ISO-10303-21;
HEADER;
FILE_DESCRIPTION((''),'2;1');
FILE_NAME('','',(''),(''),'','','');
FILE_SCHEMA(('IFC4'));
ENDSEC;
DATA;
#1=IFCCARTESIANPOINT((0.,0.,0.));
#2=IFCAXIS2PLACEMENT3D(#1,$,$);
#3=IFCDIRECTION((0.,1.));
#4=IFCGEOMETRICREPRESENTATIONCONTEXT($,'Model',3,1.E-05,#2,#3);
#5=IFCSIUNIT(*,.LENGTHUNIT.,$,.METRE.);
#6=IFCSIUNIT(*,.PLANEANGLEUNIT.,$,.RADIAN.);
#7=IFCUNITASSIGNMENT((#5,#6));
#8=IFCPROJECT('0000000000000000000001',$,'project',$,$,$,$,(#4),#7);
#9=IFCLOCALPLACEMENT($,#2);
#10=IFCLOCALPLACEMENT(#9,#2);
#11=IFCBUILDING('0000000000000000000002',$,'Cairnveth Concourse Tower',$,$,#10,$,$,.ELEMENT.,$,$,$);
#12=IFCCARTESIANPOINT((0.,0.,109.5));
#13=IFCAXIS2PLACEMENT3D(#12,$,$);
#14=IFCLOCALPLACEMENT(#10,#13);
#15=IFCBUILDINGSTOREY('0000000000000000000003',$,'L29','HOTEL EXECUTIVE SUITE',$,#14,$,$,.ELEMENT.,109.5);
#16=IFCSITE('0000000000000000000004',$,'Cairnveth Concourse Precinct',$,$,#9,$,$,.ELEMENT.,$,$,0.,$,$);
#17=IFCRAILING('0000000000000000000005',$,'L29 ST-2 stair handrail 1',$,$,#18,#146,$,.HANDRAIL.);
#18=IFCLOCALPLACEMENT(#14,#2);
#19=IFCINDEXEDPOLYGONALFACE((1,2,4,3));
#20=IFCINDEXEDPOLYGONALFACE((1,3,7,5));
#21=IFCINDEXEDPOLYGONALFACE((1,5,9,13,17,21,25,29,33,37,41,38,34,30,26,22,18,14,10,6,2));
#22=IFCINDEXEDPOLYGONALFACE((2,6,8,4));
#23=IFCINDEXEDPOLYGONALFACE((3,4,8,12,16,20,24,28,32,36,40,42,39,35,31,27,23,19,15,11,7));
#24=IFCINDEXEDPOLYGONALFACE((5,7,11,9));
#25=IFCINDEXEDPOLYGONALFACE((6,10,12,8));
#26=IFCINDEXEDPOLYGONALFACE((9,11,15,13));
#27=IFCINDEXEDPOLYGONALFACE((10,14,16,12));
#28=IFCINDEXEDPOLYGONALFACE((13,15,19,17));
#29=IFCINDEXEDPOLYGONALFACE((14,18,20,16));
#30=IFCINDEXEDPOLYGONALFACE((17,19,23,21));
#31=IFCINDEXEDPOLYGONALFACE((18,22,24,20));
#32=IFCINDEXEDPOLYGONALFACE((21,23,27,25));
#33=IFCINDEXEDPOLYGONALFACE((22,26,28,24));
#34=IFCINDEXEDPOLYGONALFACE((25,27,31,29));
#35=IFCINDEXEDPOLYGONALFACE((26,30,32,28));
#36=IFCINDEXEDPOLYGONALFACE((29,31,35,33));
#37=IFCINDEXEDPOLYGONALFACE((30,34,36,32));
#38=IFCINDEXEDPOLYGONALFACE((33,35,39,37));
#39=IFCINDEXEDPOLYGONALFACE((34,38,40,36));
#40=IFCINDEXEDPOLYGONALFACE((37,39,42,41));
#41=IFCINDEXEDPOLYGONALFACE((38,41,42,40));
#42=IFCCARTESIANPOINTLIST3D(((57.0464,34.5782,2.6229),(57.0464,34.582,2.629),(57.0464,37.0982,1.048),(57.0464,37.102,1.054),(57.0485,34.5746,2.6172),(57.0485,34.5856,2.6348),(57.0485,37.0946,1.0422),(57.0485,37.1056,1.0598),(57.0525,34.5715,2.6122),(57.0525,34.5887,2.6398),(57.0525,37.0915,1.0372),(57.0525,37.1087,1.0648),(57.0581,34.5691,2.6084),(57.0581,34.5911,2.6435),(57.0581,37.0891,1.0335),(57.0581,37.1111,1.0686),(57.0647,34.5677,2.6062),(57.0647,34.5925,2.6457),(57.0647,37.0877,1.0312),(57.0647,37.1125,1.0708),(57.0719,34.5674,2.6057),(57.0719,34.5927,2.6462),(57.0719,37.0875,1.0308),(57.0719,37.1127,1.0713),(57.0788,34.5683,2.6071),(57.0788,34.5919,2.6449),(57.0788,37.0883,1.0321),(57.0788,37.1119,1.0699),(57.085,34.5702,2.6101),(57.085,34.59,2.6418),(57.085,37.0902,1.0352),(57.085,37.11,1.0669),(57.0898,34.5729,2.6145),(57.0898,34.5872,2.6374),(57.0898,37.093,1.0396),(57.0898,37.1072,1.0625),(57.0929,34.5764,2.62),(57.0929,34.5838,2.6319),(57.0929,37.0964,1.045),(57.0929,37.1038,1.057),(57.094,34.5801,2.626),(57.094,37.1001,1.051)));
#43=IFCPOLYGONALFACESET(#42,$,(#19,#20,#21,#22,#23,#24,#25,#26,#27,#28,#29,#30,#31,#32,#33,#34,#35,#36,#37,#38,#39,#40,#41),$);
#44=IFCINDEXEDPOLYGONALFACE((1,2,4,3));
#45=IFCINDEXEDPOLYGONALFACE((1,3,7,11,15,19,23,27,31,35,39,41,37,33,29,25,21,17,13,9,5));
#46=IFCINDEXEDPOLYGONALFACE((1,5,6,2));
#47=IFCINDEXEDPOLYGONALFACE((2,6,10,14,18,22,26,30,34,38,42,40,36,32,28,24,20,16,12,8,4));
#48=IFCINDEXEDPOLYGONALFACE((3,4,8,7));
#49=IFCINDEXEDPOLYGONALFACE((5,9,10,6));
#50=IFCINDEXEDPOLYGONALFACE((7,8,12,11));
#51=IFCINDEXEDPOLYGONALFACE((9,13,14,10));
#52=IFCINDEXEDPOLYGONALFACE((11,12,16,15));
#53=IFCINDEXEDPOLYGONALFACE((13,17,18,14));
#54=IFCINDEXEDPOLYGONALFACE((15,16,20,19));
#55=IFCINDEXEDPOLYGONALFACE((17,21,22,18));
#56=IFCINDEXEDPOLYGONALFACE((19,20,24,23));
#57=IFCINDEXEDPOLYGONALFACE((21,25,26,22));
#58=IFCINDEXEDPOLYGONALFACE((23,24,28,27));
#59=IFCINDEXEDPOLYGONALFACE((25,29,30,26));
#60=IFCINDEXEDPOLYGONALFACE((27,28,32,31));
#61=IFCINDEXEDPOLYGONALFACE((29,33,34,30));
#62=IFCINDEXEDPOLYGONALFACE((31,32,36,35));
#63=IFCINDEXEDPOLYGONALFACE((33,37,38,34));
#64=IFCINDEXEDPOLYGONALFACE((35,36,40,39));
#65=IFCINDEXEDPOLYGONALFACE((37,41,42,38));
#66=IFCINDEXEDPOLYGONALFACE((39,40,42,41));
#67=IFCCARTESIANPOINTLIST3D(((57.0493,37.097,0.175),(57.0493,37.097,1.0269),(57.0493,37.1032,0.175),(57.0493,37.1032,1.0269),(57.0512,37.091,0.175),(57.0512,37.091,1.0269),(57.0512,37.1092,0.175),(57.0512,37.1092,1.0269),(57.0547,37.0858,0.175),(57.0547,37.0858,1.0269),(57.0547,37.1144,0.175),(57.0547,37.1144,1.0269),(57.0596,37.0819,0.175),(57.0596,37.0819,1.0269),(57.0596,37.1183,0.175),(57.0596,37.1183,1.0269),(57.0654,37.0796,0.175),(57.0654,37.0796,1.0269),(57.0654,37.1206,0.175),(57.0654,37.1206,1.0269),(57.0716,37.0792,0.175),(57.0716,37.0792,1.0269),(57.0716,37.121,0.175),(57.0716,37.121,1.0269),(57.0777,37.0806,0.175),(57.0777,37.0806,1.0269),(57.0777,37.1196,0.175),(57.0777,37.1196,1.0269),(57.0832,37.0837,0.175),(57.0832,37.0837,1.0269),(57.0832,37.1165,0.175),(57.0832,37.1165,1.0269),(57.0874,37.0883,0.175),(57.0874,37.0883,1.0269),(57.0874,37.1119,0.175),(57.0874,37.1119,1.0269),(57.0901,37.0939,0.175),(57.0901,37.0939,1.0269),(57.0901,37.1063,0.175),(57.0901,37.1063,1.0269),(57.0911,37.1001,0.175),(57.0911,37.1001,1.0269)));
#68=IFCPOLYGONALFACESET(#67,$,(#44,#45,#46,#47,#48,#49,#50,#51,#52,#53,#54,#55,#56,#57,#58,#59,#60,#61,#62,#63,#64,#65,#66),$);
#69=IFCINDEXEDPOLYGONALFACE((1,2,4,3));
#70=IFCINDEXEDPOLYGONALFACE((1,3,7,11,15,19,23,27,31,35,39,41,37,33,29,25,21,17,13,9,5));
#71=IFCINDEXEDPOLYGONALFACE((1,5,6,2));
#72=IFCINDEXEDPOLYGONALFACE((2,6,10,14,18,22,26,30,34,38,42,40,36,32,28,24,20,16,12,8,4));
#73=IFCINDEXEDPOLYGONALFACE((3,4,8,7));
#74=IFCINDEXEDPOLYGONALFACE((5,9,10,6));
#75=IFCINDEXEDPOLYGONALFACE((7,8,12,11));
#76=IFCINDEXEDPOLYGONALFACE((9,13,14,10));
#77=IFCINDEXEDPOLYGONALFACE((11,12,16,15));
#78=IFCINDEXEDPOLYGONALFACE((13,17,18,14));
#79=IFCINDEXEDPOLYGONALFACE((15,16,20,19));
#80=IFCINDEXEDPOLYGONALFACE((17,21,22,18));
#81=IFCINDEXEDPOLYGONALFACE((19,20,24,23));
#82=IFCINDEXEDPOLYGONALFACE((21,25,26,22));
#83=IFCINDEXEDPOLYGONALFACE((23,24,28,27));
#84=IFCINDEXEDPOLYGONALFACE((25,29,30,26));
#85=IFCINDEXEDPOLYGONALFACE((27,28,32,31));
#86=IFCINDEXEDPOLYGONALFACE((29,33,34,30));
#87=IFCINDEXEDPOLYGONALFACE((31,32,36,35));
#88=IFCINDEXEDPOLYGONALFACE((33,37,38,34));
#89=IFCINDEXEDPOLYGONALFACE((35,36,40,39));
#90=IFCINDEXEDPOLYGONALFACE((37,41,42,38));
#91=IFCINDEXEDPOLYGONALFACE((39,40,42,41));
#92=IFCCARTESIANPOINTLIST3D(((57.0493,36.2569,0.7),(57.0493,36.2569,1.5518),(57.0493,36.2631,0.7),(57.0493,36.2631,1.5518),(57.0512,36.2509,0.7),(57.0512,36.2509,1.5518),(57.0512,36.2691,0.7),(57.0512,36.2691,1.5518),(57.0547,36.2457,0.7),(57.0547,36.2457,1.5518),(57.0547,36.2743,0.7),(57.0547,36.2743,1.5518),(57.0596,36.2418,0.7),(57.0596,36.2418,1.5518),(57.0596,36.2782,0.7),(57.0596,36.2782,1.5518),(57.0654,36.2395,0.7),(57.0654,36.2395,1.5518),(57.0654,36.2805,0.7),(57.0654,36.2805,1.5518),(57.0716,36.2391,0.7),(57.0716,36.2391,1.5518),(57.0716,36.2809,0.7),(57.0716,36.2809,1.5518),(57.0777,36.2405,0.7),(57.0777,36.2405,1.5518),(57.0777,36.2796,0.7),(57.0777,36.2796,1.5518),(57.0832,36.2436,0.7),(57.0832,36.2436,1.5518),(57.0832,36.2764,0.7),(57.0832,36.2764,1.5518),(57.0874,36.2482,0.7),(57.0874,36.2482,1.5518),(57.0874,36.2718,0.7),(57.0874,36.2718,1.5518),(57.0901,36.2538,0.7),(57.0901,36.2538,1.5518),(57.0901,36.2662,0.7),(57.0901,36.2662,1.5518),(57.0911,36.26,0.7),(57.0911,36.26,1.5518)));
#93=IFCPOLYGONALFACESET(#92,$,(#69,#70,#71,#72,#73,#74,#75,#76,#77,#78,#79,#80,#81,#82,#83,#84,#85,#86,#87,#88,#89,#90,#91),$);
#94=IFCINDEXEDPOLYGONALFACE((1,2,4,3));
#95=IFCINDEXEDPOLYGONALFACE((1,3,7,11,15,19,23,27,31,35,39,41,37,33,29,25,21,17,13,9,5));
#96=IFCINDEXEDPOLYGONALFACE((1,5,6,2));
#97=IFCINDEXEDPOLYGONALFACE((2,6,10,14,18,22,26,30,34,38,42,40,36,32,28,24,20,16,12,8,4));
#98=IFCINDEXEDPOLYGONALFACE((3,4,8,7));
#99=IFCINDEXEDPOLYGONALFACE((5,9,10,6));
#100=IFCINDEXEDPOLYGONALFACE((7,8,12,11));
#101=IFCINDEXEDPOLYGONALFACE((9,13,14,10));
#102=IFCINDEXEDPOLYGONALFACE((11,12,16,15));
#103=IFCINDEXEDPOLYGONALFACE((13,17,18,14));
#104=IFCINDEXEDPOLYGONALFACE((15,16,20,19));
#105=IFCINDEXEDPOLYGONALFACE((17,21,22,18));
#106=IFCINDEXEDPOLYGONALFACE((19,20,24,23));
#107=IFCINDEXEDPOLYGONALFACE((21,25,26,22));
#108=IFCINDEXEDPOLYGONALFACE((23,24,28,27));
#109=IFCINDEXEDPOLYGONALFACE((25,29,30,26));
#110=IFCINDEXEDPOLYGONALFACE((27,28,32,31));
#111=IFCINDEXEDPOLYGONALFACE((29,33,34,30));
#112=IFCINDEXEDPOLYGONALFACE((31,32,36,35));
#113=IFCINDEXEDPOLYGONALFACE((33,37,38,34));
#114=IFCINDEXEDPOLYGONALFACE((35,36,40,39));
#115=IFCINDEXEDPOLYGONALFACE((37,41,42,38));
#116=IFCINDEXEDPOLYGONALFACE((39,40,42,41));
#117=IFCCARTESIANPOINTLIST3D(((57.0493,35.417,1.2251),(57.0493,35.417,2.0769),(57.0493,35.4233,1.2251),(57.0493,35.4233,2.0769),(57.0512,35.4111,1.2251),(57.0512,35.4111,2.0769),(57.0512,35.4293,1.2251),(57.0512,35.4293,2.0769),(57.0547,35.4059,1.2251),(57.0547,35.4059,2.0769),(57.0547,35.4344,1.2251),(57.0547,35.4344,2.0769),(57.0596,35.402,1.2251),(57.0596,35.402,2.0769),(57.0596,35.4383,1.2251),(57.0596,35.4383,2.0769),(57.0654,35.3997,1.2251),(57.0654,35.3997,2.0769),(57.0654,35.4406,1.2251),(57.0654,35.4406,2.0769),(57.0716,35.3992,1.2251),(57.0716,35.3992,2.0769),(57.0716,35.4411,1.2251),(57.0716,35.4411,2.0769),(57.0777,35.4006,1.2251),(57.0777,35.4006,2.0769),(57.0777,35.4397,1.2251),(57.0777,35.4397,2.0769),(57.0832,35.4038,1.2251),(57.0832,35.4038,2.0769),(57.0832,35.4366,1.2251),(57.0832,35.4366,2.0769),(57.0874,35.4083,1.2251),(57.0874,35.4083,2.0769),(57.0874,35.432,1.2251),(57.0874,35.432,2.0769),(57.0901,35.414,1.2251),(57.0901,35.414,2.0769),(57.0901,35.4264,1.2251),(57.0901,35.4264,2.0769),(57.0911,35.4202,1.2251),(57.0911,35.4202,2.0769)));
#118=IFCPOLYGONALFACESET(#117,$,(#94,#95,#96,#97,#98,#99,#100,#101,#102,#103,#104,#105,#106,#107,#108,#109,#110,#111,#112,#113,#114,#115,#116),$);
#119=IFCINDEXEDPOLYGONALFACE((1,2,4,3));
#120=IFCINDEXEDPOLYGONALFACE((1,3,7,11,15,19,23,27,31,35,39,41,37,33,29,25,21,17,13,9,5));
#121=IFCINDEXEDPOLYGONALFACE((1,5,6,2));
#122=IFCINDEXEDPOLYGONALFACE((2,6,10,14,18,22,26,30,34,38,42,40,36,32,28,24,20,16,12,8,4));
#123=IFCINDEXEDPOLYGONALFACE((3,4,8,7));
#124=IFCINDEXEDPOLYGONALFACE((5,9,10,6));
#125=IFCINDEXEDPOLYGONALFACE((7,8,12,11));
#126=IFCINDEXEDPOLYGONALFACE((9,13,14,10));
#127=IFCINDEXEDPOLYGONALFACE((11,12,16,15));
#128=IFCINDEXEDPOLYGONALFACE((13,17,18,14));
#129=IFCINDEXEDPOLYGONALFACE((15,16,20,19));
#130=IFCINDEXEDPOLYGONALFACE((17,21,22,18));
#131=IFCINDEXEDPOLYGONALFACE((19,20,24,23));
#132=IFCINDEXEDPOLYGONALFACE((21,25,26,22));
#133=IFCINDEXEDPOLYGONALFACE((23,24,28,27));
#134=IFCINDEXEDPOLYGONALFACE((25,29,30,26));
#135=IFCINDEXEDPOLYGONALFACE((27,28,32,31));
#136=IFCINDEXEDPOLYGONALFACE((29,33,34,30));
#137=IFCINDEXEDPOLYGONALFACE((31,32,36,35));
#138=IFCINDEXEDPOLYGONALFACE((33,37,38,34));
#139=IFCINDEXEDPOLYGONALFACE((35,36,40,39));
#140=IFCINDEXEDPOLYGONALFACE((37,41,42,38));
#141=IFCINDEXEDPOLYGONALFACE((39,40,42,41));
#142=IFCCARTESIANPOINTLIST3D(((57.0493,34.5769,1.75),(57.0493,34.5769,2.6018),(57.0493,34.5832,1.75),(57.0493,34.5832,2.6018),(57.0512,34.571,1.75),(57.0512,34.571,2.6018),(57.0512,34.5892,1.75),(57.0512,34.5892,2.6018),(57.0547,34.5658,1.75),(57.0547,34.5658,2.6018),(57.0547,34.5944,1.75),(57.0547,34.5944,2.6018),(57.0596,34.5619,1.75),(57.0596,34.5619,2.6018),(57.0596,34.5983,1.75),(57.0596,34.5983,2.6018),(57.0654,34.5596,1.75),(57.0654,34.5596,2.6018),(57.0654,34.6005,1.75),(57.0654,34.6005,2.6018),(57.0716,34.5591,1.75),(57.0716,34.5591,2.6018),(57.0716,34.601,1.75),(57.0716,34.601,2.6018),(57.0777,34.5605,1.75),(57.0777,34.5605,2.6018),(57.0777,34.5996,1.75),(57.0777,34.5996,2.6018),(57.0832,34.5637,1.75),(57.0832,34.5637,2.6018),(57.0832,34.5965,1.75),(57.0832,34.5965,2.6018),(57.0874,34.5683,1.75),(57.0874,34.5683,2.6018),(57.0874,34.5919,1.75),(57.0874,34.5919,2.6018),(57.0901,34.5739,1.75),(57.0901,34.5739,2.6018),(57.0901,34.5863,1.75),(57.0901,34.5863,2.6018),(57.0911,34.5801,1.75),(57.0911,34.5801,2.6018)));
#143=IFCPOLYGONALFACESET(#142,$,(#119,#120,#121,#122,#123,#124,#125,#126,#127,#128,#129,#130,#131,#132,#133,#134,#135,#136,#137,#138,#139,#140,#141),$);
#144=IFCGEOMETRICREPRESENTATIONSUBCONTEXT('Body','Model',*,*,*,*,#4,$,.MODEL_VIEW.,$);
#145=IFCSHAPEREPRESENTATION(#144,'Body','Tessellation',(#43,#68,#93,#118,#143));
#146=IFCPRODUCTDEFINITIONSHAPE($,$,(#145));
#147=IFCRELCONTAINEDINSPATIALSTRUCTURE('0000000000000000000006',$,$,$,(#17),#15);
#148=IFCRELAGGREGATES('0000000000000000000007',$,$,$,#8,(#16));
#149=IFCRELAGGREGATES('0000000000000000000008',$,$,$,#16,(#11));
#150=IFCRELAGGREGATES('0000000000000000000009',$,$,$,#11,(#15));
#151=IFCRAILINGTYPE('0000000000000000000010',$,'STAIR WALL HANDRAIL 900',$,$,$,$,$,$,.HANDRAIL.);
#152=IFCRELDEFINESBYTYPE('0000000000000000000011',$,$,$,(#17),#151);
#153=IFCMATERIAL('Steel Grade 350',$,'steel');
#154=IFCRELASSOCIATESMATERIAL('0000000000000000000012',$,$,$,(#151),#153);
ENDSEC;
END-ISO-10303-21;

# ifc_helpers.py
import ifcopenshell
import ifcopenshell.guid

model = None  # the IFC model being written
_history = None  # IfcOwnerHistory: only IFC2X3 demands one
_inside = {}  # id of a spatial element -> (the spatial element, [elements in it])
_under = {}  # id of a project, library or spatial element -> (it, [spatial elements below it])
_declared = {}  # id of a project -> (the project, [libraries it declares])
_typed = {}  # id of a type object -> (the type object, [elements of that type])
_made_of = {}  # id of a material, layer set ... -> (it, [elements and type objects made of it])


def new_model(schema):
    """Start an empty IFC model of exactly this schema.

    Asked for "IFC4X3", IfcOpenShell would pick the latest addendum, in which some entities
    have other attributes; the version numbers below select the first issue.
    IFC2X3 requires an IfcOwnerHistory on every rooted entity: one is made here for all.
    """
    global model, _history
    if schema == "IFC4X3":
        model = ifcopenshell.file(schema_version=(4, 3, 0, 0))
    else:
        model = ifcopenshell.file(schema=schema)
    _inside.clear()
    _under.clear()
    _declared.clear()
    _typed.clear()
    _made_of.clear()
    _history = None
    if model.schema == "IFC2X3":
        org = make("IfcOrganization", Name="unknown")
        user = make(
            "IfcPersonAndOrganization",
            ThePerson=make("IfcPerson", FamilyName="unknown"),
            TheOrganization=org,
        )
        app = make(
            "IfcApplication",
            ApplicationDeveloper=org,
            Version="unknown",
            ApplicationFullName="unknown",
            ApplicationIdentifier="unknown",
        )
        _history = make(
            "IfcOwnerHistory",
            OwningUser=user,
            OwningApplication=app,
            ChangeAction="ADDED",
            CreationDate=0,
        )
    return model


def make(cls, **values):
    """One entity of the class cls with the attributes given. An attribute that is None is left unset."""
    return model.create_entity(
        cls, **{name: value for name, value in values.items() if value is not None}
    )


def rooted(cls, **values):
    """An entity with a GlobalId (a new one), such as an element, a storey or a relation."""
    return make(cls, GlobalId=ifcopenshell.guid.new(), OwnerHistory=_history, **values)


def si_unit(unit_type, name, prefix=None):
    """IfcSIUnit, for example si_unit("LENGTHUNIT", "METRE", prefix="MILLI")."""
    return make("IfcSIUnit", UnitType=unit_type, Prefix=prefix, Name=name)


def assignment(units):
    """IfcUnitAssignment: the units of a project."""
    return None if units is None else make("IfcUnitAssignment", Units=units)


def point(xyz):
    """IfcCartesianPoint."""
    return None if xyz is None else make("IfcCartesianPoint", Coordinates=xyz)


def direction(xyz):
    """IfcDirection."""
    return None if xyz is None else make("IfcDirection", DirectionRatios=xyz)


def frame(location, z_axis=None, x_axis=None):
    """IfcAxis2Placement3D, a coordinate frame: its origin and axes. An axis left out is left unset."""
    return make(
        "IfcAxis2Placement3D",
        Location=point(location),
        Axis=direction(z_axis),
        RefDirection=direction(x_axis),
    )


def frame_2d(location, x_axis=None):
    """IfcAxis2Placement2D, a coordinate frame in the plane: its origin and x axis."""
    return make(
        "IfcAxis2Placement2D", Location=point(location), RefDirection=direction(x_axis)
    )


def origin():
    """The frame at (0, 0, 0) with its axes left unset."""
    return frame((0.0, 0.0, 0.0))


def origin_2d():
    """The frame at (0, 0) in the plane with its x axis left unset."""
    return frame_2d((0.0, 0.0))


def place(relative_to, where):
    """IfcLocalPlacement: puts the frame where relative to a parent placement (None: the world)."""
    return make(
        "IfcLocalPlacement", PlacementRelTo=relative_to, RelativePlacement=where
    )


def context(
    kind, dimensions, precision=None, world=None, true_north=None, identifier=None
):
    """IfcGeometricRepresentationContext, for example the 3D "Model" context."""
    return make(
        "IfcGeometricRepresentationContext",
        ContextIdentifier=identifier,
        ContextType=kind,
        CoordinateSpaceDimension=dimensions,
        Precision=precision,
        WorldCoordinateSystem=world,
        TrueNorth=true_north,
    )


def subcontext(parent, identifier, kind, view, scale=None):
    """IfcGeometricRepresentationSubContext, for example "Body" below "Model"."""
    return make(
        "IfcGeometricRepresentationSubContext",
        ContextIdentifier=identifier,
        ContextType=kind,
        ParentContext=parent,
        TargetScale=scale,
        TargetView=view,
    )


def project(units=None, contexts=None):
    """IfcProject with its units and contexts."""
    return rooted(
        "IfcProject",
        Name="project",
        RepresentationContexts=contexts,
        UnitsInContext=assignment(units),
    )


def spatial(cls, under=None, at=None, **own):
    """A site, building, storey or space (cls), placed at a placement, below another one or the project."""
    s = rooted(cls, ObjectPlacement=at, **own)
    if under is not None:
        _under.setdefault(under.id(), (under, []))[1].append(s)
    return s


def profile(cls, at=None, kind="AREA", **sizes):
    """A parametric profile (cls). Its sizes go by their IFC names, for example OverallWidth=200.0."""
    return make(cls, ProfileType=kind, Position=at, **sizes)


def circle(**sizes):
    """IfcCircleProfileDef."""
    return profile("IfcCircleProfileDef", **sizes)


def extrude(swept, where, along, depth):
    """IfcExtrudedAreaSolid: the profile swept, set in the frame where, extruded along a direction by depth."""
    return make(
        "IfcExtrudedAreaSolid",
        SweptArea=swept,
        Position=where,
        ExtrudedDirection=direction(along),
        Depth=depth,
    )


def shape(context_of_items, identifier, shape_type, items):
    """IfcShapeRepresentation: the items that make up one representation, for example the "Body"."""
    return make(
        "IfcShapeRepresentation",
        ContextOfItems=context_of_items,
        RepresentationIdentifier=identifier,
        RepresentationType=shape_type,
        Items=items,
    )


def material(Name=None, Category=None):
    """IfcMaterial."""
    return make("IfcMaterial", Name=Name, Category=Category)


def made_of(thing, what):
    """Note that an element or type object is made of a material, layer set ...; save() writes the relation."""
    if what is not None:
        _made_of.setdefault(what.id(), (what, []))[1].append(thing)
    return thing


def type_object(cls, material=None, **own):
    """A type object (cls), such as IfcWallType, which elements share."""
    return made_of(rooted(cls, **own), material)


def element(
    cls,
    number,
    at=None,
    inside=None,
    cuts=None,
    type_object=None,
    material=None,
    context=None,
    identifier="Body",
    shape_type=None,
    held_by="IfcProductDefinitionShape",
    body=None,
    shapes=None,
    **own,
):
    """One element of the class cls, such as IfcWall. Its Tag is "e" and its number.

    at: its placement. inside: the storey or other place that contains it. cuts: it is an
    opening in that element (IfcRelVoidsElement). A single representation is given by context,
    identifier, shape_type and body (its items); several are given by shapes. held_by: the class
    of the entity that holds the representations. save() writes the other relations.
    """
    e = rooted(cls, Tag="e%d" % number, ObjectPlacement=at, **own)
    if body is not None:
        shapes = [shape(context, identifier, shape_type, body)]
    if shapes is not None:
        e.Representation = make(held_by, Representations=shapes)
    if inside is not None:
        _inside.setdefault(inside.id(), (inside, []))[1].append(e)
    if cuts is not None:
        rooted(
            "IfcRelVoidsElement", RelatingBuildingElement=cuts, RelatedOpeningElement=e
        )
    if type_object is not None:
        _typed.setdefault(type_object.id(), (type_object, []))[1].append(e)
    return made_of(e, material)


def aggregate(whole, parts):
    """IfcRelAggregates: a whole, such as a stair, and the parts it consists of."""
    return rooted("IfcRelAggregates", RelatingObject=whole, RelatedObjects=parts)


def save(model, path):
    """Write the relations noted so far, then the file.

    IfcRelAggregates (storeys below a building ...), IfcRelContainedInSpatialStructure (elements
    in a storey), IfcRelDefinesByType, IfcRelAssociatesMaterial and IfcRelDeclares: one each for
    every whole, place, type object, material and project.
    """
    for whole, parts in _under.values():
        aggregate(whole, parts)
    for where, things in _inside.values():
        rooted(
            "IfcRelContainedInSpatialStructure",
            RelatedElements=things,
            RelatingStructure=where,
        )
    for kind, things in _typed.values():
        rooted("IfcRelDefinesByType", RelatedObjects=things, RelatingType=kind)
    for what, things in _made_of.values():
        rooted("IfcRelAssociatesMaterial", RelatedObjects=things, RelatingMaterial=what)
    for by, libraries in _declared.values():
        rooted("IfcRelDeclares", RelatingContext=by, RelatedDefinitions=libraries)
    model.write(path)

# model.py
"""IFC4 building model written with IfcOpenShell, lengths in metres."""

from ifc_helpers import new_model, si_unit, direction, frame, origin, origin_2d, place, context, subcontext, project, spatial, circle, extrude, material, type_object, element, save


model = new_model("IFC4")

# Units and contexts
model_context = context("Model", 3, precision=1e-05, world=origin(), true_north=direction((0.0, 1.0)))
body_context = subcontext(model_context, "Body", "Model", "MODEL_VIEW")
ifc_project = project(units=[si_unit("LENGTHUNIT", "METRE"), si_unit("PLANEANGLEUNIT", "RADIAN")], contexts=[model_context])

# Site, building, storey
site_placement = place(None, origin())
site = spatial("IfcSite", under=ifc_project, at=site_placement, Name="Cairnveth Concourse Precinct", CompositionType="ELEMENT", RefElevation=0.0)
building_placement = place(site_placement, origin())
building = spatial("IfcBuilding", under=site, at=building_placement, Name="Cairnveth Concourse Tower", CompositionType="ELEMENT")
storey_placement = place(building_placement, frame((0.0, 0.0, 109.5)))
storey = spatial("IfcBuildingStorey", under=building, at=storey_placement, Name="L29", Description="HOTEL EXECUTIVE SUITE", CompositionType="ELEMENT", Elevation=109.5)

# Shared definitions
ifc_material_1 = material(Name="Steel Grade 350", Category="steel")

# Railing
railing_type_1 = type_object("IfcRailingType", Name="STAIR WALL HANDRAIL 900", PredefinedType="HANDRAIL", material=ifc_material_1)
railing_1_placement = place(storey_placement, frame((57.0701, 37.1001, 0.175)))
element("IfcRailing", 1, at=railing_1_placement, inside=storey, type_object=railing_type_1, Name="L29 ST-2 stair handrail 1", PredefinedType="HANDRAIL", context=body_context, shape_type="SweptSolid", body=[
    extrude(circle(Radius=0.0239, at=origin_2d()), frame((0.0, 0.0, 0.876), z_axis=(0.0, -0.848008, 0.529984), x_axis=(1.0, 0.0, 0.0)), (0.0, 0.0, 1.0), 2.9717),
    extrude(circle(Radius=0.021, at=origin_2d()), origin(), (0.0, 0.0, 1.0), 0.8518),
    extrude(circle(Radius=0.021, at=origin_2d()), frame((0.0, -0.8401, 0.5249)), (0.0, 0.0, 1.0), 0.8518),
    extrude(circle(Radius=0.021, at=origin_2d()), frame((0.0, -1.6799, 1.05)), (0.0, 0.0, 1.0), 0.8518),
    extrude(circle(Radius=0.021, at=origin_2d()), frame((0.0, -2.52, 1.575)), (0.0, 0.0, 1.0), 0.8518),
])

save(model, "model.ifc")
